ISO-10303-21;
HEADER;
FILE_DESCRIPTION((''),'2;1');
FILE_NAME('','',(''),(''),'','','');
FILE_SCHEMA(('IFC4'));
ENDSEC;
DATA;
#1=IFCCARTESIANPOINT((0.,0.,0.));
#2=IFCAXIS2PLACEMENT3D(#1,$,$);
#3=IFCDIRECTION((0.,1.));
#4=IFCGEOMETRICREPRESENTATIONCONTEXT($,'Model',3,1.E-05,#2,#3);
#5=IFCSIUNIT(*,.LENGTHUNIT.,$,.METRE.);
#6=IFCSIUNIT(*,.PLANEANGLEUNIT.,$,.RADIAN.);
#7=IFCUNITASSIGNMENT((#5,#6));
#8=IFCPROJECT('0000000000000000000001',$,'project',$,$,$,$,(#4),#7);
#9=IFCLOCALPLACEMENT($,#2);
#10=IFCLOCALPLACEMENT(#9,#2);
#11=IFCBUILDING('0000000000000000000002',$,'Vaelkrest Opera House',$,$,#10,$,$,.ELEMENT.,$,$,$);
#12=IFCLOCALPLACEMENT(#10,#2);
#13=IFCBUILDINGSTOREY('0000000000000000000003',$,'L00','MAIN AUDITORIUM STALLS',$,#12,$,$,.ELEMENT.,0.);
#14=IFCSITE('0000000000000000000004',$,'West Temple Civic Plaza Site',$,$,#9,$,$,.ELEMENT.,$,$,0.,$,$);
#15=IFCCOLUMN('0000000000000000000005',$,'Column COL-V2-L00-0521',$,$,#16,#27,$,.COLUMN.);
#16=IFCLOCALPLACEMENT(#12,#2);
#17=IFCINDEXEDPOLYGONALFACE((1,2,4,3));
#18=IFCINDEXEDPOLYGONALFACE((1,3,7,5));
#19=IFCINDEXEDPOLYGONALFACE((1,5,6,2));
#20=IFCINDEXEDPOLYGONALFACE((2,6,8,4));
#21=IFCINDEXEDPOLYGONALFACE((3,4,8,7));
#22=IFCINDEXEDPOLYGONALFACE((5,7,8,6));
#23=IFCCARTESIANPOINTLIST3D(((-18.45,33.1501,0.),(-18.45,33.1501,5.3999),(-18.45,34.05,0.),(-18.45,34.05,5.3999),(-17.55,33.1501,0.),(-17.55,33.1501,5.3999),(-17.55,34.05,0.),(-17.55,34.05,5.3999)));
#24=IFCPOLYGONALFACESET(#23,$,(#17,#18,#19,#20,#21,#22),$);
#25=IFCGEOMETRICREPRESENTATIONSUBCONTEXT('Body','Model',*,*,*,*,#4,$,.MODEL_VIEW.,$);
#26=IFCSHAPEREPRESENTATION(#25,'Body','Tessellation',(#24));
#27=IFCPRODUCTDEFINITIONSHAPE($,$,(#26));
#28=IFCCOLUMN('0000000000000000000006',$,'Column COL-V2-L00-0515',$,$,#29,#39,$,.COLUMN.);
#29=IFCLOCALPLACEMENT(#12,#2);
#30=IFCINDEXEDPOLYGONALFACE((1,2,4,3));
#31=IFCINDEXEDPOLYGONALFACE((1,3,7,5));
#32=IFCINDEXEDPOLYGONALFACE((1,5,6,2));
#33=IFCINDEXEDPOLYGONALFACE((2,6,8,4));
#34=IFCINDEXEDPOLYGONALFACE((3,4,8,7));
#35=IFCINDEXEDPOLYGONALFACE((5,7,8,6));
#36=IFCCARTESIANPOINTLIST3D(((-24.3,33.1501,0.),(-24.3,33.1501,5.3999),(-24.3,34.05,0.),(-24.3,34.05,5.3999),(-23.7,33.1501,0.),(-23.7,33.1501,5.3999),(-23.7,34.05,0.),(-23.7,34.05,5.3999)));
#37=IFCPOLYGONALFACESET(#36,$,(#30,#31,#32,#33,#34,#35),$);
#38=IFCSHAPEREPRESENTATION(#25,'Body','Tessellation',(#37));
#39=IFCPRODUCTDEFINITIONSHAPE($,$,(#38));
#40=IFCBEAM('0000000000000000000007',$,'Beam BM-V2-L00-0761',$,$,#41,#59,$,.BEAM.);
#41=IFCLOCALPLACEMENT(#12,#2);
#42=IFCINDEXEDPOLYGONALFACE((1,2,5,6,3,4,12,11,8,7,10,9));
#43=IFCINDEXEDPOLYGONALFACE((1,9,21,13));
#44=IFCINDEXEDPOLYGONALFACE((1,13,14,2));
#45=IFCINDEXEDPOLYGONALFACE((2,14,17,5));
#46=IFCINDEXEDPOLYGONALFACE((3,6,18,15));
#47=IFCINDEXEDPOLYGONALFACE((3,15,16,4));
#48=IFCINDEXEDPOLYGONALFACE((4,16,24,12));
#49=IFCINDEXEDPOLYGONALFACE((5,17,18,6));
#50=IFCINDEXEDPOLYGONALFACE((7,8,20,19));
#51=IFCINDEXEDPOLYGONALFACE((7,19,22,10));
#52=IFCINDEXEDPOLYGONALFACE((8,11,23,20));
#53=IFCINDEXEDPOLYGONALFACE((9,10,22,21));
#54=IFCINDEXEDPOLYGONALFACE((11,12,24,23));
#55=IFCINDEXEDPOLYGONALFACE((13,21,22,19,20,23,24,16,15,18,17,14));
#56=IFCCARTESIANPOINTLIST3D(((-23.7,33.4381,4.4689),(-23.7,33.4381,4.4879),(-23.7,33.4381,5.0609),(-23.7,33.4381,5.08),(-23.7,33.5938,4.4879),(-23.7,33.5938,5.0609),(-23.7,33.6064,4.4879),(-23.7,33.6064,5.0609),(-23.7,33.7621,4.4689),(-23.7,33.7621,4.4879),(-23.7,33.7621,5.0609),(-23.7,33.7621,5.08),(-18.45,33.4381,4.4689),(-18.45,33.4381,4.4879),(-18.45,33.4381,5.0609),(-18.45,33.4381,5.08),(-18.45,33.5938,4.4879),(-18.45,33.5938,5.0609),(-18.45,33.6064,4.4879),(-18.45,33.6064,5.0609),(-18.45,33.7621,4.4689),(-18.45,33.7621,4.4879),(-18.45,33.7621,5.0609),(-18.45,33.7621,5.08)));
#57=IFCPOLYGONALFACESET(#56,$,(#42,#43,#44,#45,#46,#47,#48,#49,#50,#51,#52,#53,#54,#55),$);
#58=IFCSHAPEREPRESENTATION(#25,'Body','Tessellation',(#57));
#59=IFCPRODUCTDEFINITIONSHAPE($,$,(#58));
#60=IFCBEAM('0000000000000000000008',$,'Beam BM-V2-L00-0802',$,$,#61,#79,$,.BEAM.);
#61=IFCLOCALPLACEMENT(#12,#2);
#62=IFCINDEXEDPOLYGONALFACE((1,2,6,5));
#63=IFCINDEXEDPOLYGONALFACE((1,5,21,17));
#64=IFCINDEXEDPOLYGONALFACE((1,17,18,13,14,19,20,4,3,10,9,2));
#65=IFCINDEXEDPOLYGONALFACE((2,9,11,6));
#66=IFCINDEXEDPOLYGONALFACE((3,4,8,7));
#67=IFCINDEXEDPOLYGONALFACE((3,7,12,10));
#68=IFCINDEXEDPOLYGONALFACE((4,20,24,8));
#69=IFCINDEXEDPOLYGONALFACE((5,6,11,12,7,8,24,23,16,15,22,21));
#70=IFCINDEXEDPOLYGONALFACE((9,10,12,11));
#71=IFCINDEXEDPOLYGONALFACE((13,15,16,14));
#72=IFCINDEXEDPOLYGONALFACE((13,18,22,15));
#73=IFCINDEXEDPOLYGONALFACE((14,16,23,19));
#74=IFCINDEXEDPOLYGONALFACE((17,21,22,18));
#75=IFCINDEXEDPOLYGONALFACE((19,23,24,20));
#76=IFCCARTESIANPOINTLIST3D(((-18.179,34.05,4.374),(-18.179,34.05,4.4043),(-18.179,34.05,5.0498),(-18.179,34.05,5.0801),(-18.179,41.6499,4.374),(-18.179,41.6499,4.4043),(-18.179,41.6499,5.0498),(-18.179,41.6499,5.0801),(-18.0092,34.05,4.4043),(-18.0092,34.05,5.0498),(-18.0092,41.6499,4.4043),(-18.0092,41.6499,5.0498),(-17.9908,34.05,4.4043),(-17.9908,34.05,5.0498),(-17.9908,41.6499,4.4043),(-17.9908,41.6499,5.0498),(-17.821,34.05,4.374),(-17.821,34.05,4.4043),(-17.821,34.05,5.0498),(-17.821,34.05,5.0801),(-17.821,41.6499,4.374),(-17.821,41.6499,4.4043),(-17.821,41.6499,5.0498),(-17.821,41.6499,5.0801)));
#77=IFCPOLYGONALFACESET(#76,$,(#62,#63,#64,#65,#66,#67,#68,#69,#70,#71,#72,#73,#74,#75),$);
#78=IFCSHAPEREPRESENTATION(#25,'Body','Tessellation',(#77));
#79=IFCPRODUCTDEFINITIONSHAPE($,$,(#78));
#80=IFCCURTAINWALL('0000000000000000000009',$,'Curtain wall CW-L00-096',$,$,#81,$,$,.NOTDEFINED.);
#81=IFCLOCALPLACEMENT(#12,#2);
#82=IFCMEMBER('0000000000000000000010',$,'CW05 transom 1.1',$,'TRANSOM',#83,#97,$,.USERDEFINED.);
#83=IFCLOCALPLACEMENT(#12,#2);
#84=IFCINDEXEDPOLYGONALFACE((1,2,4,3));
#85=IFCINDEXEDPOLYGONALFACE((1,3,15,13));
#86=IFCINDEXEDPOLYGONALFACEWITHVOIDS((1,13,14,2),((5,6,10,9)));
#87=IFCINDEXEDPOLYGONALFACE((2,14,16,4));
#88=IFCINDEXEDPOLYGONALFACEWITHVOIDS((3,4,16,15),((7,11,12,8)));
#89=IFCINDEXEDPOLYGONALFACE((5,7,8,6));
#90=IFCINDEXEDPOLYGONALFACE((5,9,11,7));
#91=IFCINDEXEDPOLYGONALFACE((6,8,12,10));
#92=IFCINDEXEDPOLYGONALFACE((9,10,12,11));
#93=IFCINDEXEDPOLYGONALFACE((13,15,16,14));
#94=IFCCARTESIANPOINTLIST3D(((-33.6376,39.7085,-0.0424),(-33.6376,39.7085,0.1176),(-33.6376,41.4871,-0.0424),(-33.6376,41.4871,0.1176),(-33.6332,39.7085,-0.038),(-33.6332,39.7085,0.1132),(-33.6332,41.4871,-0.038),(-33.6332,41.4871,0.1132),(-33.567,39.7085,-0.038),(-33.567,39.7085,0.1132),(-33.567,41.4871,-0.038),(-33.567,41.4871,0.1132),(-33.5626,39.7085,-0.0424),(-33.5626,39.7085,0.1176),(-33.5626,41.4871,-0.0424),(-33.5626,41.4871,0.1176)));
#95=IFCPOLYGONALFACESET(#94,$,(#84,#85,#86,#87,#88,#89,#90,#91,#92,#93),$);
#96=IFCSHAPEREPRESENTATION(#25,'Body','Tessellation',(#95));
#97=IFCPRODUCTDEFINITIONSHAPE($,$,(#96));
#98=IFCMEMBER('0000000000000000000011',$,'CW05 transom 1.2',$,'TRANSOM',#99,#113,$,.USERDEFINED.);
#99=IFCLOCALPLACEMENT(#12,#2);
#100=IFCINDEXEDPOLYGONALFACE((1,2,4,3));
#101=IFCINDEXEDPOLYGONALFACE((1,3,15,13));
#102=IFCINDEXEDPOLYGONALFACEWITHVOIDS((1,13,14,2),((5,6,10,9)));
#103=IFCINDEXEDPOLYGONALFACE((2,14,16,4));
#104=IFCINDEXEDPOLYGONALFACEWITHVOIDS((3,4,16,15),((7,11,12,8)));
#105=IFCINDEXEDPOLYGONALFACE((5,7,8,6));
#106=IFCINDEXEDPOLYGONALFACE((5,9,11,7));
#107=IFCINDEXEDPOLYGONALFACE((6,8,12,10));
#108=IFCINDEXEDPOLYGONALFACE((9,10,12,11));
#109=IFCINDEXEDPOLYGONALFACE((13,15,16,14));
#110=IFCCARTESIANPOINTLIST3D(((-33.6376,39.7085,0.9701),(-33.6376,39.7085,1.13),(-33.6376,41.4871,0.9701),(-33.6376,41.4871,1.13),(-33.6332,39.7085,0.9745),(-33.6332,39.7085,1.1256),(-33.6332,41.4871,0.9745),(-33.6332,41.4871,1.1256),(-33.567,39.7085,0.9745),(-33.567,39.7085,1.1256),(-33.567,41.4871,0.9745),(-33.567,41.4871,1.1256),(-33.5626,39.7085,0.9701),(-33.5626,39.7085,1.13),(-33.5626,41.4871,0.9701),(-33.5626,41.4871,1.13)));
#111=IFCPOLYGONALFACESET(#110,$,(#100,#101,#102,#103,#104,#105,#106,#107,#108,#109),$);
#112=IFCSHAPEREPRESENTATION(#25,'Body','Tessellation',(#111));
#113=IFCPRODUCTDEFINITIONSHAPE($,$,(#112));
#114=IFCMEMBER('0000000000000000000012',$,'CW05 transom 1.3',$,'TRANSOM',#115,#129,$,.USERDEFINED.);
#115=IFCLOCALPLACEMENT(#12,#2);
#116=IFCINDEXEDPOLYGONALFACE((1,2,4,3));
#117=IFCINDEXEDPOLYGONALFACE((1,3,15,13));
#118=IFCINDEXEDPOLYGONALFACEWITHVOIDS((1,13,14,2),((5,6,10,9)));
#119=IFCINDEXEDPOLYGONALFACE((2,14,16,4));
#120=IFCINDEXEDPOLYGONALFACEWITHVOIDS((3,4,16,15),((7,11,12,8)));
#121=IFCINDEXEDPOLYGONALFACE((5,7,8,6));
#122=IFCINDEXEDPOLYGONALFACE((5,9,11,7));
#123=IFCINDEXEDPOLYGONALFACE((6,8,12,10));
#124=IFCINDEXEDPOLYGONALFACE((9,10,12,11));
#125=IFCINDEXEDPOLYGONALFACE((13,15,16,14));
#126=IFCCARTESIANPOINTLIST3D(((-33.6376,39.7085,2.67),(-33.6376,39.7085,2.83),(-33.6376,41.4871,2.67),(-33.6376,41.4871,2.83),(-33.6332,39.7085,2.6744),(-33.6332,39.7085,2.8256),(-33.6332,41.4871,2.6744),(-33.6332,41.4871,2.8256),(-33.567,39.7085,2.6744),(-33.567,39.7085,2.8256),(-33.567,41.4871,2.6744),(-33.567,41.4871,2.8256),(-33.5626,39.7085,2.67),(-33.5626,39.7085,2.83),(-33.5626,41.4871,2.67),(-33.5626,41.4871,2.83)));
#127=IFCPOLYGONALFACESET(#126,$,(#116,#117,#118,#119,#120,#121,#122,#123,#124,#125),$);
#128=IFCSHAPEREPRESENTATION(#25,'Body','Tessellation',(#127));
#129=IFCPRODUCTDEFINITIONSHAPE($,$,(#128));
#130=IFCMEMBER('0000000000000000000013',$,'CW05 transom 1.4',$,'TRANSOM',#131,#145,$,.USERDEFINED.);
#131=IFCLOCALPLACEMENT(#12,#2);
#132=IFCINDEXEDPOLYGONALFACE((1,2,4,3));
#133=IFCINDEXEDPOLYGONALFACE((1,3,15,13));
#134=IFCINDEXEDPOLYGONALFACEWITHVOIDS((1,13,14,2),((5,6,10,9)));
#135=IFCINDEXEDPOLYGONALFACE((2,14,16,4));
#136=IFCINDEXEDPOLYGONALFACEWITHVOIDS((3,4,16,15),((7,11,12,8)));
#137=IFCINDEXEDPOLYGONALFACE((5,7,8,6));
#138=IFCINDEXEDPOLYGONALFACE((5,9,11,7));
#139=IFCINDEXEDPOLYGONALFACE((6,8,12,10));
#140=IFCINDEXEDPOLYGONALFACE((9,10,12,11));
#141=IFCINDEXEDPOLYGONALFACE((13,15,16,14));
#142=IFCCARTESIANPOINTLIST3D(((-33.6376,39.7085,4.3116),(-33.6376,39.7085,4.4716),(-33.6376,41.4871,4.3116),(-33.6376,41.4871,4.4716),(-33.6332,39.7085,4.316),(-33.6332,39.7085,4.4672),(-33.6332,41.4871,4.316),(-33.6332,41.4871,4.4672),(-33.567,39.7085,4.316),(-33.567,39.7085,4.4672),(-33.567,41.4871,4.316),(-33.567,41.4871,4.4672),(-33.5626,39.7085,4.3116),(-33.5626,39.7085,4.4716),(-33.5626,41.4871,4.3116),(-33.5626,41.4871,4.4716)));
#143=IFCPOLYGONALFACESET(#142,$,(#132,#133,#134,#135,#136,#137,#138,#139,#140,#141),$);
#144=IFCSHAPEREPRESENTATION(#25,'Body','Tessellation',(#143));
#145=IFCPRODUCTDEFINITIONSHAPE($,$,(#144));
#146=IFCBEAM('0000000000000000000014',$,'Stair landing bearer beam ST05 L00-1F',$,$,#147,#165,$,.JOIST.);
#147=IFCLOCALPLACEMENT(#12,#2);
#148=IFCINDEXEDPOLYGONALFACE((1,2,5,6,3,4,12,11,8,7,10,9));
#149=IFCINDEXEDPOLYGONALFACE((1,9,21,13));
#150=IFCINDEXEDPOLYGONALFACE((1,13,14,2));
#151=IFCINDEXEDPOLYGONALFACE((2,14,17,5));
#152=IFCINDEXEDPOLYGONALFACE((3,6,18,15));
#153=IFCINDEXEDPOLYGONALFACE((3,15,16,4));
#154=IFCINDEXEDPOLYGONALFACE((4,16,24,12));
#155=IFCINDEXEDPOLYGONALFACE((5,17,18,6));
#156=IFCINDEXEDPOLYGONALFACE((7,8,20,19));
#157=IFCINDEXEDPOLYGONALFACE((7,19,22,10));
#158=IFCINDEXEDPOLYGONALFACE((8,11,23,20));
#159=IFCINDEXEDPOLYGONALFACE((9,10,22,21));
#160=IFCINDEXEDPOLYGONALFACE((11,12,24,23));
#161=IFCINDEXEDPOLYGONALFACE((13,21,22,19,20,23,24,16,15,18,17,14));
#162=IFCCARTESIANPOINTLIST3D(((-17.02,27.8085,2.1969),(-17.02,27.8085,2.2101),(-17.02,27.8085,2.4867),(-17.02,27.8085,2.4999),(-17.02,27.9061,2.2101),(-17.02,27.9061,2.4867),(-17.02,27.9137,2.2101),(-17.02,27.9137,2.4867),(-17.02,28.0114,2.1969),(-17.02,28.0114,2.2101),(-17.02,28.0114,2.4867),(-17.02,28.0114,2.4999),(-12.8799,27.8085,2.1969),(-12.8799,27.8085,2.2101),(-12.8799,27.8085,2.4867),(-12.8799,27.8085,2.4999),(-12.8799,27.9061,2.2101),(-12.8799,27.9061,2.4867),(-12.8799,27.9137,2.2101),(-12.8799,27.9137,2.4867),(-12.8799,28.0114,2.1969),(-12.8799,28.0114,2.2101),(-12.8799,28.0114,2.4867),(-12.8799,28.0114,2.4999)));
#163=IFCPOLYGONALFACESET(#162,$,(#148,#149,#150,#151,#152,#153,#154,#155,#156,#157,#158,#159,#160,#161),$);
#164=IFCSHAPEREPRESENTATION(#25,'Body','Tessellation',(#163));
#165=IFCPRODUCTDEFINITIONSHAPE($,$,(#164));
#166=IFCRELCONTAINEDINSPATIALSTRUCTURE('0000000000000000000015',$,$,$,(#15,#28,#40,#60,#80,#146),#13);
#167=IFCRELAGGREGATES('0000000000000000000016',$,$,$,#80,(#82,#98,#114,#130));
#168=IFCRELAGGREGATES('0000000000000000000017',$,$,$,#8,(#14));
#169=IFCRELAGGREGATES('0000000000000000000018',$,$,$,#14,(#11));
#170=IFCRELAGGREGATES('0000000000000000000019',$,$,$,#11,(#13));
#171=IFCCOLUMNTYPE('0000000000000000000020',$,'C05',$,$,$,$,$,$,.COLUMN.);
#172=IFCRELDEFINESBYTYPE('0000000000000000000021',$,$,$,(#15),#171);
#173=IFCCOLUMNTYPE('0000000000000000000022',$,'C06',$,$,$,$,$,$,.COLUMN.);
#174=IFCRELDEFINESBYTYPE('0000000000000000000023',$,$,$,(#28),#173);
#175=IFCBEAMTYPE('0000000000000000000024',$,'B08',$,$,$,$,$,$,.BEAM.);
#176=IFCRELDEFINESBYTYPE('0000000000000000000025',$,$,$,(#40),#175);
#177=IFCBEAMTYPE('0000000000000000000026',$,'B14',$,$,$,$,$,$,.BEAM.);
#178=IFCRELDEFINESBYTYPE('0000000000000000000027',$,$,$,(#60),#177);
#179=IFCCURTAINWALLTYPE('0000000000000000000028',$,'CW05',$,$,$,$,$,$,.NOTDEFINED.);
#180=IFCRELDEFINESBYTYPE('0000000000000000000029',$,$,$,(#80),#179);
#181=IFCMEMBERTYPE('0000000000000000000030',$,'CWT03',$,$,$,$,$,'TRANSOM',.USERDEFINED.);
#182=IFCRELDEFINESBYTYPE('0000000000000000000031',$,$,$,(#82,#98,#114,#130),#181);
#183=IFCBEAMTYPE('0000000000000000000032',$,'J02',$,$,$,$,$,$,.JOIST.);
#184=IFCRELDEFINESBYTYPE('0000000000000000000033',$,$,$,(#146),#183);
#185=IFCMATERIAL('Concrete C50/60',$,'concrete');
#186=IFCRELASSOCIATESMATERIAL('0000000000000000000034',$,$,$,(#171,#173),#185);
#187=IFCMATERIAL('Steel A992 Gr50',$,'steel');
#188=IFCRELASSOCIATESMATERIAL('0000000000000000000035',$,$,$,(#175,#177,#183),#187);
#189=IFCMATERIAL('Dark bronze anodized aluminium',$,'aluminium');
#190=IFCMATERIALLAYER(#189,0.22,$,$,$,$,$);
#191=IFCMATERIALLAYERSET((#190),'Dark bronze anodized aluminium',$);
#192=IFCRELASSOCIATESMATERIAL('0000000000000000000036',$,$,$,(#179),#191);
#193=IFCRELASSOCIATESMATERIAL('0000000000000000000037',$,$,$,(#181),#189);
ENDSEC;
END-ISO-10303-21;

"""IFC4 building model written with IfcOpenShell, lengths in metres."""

from ifc_helpers import new_model, si_unit, direction, frame, origin, origin_2d, place, context, subcontext, project, spatial, rectangle, hollow_rectangle, i_section, extrude, material, layer, layer_set, material_profile, profile_set, type_object, element, aggregate, save


model = new_model("IFC4")

# Units and contexts
model_context = context("Model", 3, precision=1e-05, world=origin(), true_north=direction((0.0, 1.0)))
body_context = subcontext(model_context, "Body", "Model", "MODEL_VIEW")
ifc_project = project(units=[si_unit("LENGTHUNIT", "METRE"), si_unit("PLANEANGLEUNIT", "RADIAN")], contexts=[model_context])

# Site, building, storey
site_placement = place(None, origin())
site = spatial("IfcSite", under=ifc_project, at=site_placement, Name="West Temple Civic Plaza Site", CompositionType="ELEMENT", RefElevation=0.0)
building_placement = place(site_placement, origin())
building = spatial("IfcBuilding", under=site, at=building_placement, Name="Vaelkrest Opera House", CompositionType="ELEMENT")
storey_placement = place(building_placement, origin())
storey = spatial("IfcBuildingStorey", under=building, at=storey_placement, Name="L00", Description="MAIN AUDITORIUM STALLS", CompositionType="ELEMENT", Elevation=0.0)

# Columns
ifc_material_1 = material(Name="Concrete C50/60", Category="concrete")
ifc_material_profile_1 = material_profile(ifc_material_1, rectangle(XDim=0.8999, YDim=0.8999, at=origin_2d()), Name="RC900X900")
ifc_profile_set_1 = profile_set([ifc_material_profile_1], Name="Concrete C50/60")
column_type_1 = type_object("IfcColumnType", Name="C05", PredefinedType="COLUMN", material=ifc_profile_set_1)
column_1_placement = place(storey_placement, frame((-18.0, 33.6001, 0.0), z_axis=(0.0, 0.0, 1.0), x_axis=(1.0, 0.0, 0.0)))
element("IfcColumn", 1, at=column_1_placement, inside=storey, type_object=column_type_1, Name="Column COL-V2-L00-0521", PredefinedType="COLUMN", context=body_context, shape_type="SweptSolid", body=[
    extrude(rectangle(XDim=0.8999, YDim=0.8999, at=origin_2d()), origin(), (0.0, 0.0, 1.0), 5.3999),
])
ifc_material_profile_2 = material_profile(ifc_material_1, rectangle(XDim=0.6001, YDim=0.8999, at=origin_2d()), Name="RC600X900")
ifc_profile_set_2 = profile_set([ifc_material_profile_2], Name="Concrete C50/60")
column_type_2 = type_object("IfcColumnType", Name="C06", PredefinedType="COLUMN", material=ifc_profile_set_2)
column_2_placement = place(storey_placement, frame((-24.0, 33.6001, 0.0), z_axis=(0.0, 0.0, 1.0), x_axis=(1.0, 0.0, 0.0)))
element("IfcColumn", 2, at=column_2_placement, inside=storey, type_object=column_type_2, Name="Column COL-V2-L00-0515", PredefinedType="COLUMN", context=body_context, shape_type="SweptSolid", body=[
    extrude(rectangle(XDim=0.6001, YDim=0.8999, at=origin_2d()), origin(), (0.0, 0.0, 1.0), 5.3999),
])

# Beams
ifc_material_2 = material(Name="Steel A992 Gr50", Category="steel")
ifc_material_profile_3 = material_profile(ifc_material_2, i_section(OverallWidth=0.324, OverallDepth=0.6111, WebThickness=0.0127, FlangeThickness=0.019, at=origin_2d()), Name="W24X104")
ifc_profile_set_3 = profile_set([ifc_material_profile_3], Name="Steel A992 Gr50")
beam_type_1 = type_object("IfcBeamType", Name="B08", PredefinedType="BEAM", material=ifc_profile_set_3)
beam_1_placement = place(storey_placement, frame((-23.7, 33.6001, 4.7744), z_axis=(1.0, 0.0, 0.0), x_axis=(0.0, 1.0, 0.0)))
element("IfcBeam", 3, at=beam_1_placement, inside=storey, type_object=beam_type_1, Name="Beam BM-V2-L00-0761", PredefinedType="BEAM", context=body_context, shape_type="SweptSolid", body=[
    extrude(i_section(OverallWidth=0.324, OverallDepth=0.6111, WebThickness=0.0127, FlangeThickness=0.019, at=origin_2d()), origin(), (0.0, 0.0, 1.0), 5.25),
])
ifc_material_profile_4 = material_profile(ifc_material_2, i_section(OverallWidth=0.3579, OverallDepth=0.7061, WebThickness=0.0183, FlangeThickness=0.0303, at=origin_2d()), Name="W27X178")
ifc_profile_set_4 = profile_set([ifc_material_profile_4], Name="Steel A992 Gr50")
beam_type_2 = type_object("IfcBeamType", Name="B14", PredefinedType="BEAM", material=ifc_profile_set_4)
beam_2_placement = place(storey_placement, frame((-18.0, 34.05, 4.7271), z_axis=(0.0, 1.0, 0.0), x_axis=(-1.0, 0.0, 0.0)))
element("IfcBeam", 4, at=beam_2_placement, inside=storey, type_object=beam_type_2, Name="Beam BM-V2-L00-0802", PredefinedType="BEAM", context=body_context, shape_type="SweptSolid", body=[
    extrude(i_section(OverallWidth=0.3579, OverallDepth=0.7061, WebThickness=0.0183, FlangeThickness=0.0303, at=origin_2d()), origin(), (0.0, 0.0, 1.0), 7.5999),
])

# Curtain wall, members
ifc_material_3 = material(Name="Dark bronze anodized aluminium", Category="aluminium")
ifc_layer_1 = layer(ifc_material_3, 0.22)
ifc_layer_set_1 = layer_set([ifc_layer_1], Name="Dark bronze anodized aluminium")
curtain_wall_type = type_object("IfcCurtainWallType", Name="CW05", PredefinedType="NOTDEFINED", material=ifc_layer_set_1)
curtain_wall_placement = place(storey_placement, origin())
curtain_wall = element("IfcCurtainWall", 5, at=curtain_wall_placement, inside=storey, type_object=curtain_wall_type, Name="Curtain wall CW-L00-096", PredefinedType="NOTDEFINED")
ifc_material_profile_5 = material_profile(ifc_material_3, hollow_rectangle(XDim=0.075, YDim=0.1599, WallThickness=0.0044, at=origin_2d()), Name="CWT75X160")
ifc_profile_set_5 = profile_set([ifc_material_profile_5], Name="Dark bronze anodized aluminium")
member_type = type_object("IfcMemberType", Name="CWT03", ElementType="TRANSOM", PredefinedType="USERDEFINED", material=ifc_profile_set_5)
member_1_placement = place(storey_placement, frame((-33.6001, 41.4871, 0.0376), z_axis=(0.0, -1.0, 0.0), x_axis=(1.0, 0.0, 0.0)))
member_1 = element("IfcMember", 6, at=member_1_placement, type_object=member_type, Name="CW05 transom 1.1", ObjectType="TRANSOM", PredefinedType="USERDEFINED", context=body_context, shape_type="SweptSolid", body=[
    extrude(hollow_rectangle(XDim=0.075, YDim=0.1599, WallThickness=0.0044, at=origin_2d()), origin(), (0.0, 0.0, 1.0), 1.7786),
])
member_2_placement = place(storey_placement, frame((-33.6001, 41.4871, 1.05), z_axis=(0.0, -1.0, 0.0), x_axis=(1.0, 0.0, 0.0)))
member_2 = element("IfcMember", 7, at=member_2_placement, type_object=member_type, Name="CW05 transom 1.2", ObjectType="TRANSOM", PredefinedType="USERDEFINED", context=body_context, shape_type="SweptSolid", body=[
    extrude(hollow_rectangle(XDim=0.075, YDim=0.1599, WallThickness=0.0044, at=origin_2d()), origin(), (0.0, 0.0, 1.0), 1.7786),
])
member_3_placement = place(storey_placement, frame((-33.6001, 41.4871, 2.75), z_axis=(0.0, -1.0, 0.0), x_axis=(1.0, 0.0, 0.0)))
member_3 = element("IfcMember", 8, at=member_3_placement, type_object=member_type, Name="CW05 transom 1.3", ObjectType="TRANSOM", PredefinedType="USERDEFINED", context=body_context, shape_type="SweptSolid", body=[
    extrude(hollow_rectangle(XDim=0.075, YDim=0.1599, WallThickness=0.0044, at=origin_2d()), origin(), (0.0, 0.0, 1.0), 1.7786),
])
member_4_placement = place(storey_placement, frame((-33.6001, 41.4871, 4.3916), z_axis=(0.0, -1.0, 0.0), x_axis=(1.0, 0.0, 0.0)))
member_4 = element("IfcMember", 9, at=member_4_placement, type_object=member_type, Name="CW05 transom 1.4", ObjectType="TRANSOM", PredefinedType="USERDEFINED", context=body_context, shape_type="SweptSolid", body=[
    extrude(hollow_rectangle(XDim=0.075, YDim=0.1599, WallThickness=0.0044, at=origin_2d()), origin(), (0.0, 0.0, 1.0), 1.7786),
])
aggregate(curtain_wall, [member_1, member_2, member_3, member_4])

# Beam
ifc_material_profile_6 = material_profile(ifc_material_2, i_section(OverallWidth=0.2029, OverallDepth=0.303, WebThickness=0.0076, FlangeThickness=0.0132, at=origin_2d()), Name="W12X40")
ifc_profile_set_6 = profile_set([ifc_material_profile_6], Name="Steel A992 Gr50")
beam_type_3 = type_object("IfcBeamType", Name="J02", PredefinedType="JOIST", material=ifc_profile_set_6)
beam_3_placement = place(storey_placement, frame((-17.02, 27.9099, 2.3484), z_axis=(1.0, 0.0, 0.0), x_axis=(0.0, 1.0, 0.0)))
element("IfcBeam", 10, at=beam_3_placement, inside=storey, type_object=beam_type_3, Name="Stair landing bearer beam ST05 L00-1F", PredefinedType="JOIST", context=body_context, shape_type="SweptSolid", body=[
    extrude(i_section(OverallWidth=0.2029, OverallDepth=0.303, WebThickness=0.0076, FlangeThickness=0.0132, at=origin_2d()), origin(), (0.0, 0.0, 1.0), 4.1401),
])

save(model, "model.ifc")
